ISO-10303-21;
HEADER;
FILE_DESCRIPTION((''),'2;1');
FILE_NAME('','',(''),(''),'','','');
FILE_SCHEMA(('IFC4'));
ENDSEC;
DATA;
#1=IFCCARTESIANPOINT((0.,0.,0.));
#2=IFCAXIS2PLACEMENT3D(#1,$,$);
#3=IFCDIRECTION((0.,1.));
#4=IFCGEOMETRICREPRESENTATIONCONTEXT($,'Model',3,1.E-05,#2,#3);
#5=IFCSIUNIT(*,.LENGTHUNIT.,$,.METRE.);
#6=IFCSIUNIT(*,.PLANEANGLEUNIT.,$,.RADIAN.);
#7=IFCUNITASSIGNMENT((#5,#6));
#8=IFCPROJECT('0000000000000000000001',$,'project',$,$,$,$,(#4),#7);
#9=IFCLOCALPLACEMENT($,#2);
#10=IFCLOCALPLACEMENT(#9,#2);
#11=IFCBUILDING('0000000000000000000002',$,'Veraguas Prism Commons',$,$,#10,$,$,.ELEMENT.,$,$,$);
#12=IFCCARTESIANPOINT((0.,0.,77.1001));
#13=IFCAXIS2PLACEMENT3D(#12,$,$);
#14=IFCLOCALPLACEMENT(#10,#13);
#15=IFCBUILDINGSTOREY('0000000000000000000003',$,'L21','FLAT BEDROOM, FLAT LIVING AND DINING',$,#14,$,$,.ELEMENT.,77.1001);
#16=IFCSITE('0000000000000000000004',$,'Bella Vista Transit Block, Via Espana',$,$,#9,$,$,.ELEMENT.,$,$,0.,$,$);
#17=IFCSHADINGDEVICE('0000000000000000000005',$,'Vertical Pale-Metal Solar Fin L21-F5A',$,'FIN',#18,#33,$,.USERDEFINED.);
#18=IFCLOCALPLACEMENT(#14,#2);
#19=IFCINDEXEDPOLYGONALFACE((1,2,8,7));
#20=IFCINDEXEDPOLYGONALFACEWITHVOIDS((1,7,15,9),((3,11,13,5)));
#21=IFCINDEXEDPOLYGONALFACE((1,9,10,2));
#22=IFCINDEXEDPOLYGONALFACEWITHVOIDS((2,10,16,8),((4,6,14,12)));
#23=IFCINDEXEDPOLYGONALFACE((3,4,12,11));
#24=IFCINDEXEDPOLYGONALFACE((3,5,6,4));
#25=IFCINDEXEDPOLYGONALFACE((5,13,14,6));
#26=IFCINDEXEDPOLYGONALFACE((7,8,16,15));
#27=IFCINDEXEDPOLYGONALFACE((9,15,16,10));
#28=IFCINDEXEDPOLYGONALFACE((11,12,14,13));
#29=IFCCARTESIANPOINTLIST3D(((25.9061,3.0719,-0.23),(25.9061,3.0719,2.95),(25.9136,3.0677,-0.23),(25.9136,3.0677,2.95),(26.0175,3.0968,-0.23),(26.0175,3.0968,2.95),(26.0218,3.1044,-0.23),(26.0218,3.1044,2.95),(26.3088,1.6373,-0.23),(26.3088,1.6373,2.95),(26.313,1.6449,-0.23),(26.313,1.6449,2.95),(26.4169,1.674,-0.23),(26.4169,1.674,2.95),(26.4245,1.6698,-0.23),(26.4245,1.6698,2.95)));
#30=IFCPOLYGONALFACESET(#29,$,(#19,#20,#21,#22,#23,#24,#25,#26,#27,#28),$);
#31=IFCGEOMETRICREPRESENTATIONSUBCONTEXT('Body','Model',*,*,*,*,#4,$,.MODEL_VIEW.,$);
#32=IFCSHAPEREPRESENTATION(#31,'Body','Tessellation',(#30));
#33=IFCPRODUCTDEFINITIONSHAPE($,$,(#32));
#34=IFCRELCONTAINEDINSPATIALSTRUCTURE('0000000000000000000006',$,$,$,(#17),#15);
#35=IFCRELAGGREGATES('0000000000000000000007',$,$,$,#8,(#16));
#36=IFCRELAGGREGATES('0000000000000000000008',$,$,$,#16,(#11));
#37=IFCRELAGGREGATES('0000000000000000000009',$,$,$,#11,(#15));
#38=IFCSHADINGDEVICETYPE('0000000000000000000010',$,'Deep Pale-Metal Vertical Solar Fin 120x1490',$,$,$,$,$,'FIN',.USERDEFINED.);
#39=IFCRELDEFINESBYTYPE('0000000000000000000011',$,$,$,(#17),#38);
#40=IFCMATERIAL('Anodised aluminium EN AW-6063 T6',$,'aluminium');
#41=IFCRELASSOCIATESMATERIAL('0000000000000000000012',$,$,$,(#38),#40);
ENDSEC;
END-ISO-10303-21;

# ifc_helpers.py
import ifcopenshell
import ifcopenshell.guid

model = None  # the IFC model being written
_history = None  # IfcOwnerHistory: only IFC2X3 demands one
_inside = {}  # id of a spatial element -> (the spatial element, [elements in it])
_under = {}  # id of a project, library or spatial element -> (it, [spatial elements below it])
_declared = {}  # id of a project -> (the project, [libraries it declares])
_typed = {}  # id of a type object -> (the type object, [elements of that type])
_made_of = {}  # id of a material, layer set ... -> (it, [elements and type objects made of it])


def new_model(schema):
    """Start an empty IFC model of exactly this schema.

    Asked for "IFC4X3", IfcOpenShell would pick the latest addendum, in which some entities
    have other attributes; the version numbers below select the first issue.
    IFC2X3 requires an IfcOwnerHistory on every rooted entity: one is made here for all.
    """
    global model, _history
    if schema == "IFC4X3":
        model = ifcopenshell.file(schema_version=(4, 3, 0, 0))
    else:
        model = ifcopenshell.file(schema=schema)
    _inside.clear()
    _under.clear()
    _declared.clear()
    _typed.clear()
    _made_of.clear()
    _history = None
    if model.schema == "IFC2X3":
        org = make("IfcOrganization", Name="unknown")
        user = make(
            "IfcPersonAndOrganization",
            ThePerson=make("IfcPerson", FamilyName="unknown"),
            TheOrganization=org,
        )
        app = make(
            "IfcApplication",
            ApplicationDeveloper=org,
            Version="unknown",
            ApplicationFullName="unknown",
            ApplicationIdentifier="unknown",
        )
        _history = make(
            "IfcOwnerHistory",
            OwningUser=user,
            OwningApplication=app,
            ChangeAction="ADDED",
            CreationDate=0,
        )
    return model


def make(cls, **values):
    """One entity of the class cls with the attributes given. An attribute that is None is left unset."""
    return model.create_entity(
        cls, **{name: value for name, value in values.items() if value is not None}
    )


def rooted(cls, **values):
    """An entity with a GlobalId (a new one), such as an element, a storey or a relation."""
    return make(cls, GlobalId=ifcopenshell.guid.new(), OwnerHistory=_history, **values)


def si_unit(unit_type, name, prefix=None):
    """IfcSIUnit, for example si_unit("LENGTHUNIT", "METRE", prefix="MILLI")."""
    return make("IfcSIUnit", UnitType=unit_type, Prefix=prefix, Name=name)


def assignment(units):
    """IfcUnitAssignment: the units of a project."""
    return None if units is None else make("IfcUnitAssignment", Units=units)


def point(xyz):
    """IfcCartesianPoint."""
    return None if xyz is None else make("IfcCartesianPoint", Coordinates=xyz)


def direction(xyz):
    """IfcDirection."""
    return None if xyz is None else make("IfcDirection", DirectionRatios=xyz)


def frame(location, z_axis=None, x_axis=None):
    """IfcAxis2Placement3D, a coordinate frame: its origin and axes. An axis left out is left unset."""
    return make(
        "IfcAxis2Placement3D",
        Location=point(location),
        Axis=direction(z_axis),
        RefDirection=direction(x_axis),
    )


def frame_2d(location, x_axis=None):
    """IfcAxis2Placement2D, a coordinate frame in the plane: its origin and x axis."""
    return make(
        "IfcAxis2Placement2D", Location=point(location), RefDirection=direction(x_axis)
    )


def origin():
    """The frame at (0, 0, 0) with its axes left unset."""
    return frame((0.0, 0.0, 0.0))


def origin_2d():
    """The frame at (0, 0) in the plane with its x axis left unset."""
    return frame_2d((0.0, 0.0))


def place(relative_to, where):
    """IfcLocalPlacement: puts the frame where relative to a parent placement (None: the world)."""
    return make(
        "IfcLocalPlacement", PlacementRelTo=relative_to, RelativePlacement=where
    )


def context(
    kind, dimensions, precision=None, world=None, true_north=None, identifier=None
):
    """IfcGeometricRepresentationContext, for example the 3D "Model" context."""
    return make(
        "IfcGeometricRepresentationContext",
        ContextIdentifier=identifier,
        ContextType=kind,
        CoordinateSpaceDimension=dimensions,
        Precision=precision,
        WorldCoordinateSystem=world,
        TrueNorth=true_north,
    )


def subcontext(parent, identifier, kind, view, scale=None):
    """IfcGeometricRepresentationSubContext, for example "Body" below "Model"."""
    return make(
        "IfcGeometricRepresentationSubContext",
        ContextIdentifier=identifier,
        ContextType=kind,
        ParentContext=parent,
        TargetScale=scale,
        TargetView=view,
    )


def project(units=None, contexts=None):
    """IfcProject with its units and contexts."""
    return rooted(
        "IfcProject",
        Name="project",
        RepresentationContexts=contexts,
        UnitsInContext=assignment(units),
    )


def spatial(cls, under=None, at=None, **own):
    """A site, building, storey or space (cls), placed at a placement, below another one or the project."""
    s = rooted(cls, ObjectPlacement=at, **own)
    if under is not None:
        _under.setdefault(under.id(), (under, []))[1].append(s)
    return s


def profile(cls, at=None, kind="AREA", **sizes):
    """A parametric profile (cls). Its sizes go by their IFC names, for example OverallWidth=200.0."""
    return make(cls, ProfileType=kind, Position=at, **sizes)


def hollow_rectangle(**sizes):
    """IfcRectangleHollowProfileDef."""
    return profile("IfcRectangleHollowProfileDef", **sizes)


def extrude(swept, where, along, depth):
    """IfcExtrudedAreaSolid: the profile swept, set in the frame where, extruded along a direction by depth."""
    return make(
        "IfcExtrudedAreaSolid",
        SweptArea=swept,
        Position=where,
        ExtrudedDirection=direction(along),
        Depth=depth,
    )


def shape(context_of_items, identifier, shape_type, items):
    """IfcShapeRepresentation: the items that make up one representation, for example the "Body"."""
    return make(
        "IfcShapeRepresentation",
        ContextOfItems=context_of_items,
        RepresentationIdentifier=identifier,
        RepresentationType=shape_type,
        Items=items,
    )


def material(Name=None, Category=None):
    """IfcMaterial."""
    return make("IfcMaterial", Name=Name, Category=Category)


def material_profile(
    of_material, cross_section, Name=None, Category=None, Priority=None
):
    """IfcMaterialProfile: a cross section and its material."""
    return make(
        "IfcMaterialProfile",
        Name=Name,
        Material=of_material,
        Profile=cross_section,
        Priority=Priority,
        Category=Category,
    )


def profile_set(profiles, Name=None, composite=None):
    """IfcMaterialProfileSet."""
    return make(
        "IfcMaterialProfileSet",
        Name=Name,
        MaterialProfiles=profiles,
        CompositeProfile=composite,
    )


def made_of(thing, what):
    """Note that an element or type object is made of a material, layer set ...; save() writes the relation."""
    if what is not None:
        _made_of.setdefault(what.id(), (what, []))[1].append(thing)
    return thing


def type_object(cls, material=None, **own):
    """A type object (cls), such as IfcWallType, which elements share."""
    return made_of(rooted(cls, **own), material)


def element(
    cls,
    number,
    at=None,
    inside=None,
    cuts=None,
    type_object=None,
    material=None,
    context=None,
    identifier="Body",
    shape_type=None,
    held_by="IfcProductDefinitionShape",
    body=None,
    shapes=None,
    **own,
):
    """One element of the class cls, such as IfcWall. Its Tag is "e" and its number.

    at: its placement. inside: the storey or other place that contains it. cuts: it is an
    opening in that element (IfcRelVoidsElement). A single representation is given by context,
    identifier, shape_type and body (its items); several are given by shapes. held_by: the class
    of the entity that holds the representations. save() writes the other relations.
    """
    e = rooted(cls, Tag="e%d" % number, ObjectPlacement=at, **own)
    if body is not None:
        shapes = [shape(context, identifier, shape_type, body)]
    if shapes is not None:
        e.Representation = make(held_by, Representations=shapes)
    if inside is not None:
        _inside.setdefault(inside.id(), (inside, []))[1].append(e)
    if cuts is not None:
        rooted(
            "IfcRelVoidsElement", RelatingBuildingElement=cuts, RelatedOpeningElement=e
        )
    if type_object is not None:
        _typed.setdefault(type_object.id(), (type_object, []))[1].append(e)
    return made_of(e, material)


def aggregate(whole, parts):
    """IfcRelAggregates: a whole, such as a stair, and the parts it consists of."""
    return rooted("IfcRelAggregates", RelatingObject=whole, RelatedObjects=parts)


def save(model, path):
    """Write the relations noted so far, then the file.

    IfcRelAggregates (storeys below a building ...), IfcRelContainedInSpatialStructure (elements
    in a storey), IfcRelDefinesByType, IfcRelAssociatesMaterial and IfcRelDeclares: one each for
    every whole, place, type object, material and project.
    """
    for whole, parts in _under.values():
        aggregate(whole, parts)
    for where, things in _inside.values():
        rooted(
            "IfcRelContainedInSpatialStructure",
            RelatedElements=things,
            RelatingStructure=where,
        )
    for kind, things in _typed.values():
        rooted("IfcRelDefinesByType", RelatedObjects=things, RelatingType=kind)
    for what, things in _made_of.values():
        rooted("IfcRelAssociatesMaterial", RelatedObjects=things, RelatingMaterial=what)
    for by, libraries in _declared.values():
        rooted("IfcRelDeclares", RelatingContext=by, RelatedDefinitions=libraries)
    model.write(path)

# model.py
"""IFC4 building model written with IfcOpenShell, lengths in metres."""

from ifc_helpers import new_model, si_unit, direction, frame, origin, origin_2d, place, context, subcontext, project, spatial, hollow_rectangle, extrude, material, material_profile, profile_set, type_object, element, save


model = new_model("IFC4")

# Units and contexts
model_context = context("Model", 3, precision=1e-05, world=origin(), true_north=direction((0.0, 1.0)))
body_context = subcontext(model_context, "Body", "Model", "MODEL_VIEW")
ifc_project = project(units=[si_unit("LENGTHUNIT", "METRE"), si_unit("PLANEANGLEUNIT", "RADIAN")], contexts=[model_context])

# Site, building, storey
site_placement = place(None, origin())
site = spatial("IfcSite", under=ifc_project, at=site_placement, Name="Bella Vista Transit Block, Via Espana", CompositionType="ELEMENT", RefElevation=0.0)
building_placement = place(site_placement, origin())
building = spatial("IfcBuilding", under=site, at=building_placement, Name="Veraguas Prism Commons", CompositionType="ELEMENT")
storey_placement = place(building_placement, frame((0.0, 0.0, 77.1001)))
storey = spatial("IfcBuildingStorey", under=building, at=storey_placement, Name="L21", Description="FLAT BEDROOM, FLAT LIVING AND DINING", CompositionType="ELEMENT", Elevation=77.1001)

# Shared definitions
ifc_material_1 = material(Name="Anodised aluminium EN AW-6063 T6", Category="aluminium")

# Shading device
ifc_material_profile_1 = material_profile(ifc_material_1, hollow_rectangle(XDim=0.1201, YDim=1.49, WallThickness=0.0061, at=origin_2d()), Name="FIN120X1490X6")
ifc_profile_set_1 = profile_set([ifc_material_profile_1], Name="Anodised aluminium EN AW-6063 T6")
shading_device_type = type_object("IfcShadingDeviceType", Name="Deep Pale-Metal Vertical Solar Fin 120x1490", ElementType="FIN", PredefinedType="USERDEFINED", material=ifc_profile_set_1)
shading_device_placement = place(storey_placement, frame((26.1653, 2.3708, -0.23), z_axis=(0.0, 0.0, 1.0), x_axis=(0.962786, 0.270264, 0.0)))
element("IfcShadingDevice", 1, at=shading_device_placement, inside=storey, type_object=shading_device_type, Name="Vertical Pale-Metal Solar Fin L21-F5A", ObjectType="FIN", PredefinedType="USERDEFINED", context=body_context, shape_type="SweptSolid", body=[
    extrude(hollow_rectangle(XDim=0.1201, YDim=1.49, WallThickness=0.0061, at=origin_2d()), origin(), (0.0, 0.0, 1.0), 3.1799),
])

save(model, "model.ifc")
